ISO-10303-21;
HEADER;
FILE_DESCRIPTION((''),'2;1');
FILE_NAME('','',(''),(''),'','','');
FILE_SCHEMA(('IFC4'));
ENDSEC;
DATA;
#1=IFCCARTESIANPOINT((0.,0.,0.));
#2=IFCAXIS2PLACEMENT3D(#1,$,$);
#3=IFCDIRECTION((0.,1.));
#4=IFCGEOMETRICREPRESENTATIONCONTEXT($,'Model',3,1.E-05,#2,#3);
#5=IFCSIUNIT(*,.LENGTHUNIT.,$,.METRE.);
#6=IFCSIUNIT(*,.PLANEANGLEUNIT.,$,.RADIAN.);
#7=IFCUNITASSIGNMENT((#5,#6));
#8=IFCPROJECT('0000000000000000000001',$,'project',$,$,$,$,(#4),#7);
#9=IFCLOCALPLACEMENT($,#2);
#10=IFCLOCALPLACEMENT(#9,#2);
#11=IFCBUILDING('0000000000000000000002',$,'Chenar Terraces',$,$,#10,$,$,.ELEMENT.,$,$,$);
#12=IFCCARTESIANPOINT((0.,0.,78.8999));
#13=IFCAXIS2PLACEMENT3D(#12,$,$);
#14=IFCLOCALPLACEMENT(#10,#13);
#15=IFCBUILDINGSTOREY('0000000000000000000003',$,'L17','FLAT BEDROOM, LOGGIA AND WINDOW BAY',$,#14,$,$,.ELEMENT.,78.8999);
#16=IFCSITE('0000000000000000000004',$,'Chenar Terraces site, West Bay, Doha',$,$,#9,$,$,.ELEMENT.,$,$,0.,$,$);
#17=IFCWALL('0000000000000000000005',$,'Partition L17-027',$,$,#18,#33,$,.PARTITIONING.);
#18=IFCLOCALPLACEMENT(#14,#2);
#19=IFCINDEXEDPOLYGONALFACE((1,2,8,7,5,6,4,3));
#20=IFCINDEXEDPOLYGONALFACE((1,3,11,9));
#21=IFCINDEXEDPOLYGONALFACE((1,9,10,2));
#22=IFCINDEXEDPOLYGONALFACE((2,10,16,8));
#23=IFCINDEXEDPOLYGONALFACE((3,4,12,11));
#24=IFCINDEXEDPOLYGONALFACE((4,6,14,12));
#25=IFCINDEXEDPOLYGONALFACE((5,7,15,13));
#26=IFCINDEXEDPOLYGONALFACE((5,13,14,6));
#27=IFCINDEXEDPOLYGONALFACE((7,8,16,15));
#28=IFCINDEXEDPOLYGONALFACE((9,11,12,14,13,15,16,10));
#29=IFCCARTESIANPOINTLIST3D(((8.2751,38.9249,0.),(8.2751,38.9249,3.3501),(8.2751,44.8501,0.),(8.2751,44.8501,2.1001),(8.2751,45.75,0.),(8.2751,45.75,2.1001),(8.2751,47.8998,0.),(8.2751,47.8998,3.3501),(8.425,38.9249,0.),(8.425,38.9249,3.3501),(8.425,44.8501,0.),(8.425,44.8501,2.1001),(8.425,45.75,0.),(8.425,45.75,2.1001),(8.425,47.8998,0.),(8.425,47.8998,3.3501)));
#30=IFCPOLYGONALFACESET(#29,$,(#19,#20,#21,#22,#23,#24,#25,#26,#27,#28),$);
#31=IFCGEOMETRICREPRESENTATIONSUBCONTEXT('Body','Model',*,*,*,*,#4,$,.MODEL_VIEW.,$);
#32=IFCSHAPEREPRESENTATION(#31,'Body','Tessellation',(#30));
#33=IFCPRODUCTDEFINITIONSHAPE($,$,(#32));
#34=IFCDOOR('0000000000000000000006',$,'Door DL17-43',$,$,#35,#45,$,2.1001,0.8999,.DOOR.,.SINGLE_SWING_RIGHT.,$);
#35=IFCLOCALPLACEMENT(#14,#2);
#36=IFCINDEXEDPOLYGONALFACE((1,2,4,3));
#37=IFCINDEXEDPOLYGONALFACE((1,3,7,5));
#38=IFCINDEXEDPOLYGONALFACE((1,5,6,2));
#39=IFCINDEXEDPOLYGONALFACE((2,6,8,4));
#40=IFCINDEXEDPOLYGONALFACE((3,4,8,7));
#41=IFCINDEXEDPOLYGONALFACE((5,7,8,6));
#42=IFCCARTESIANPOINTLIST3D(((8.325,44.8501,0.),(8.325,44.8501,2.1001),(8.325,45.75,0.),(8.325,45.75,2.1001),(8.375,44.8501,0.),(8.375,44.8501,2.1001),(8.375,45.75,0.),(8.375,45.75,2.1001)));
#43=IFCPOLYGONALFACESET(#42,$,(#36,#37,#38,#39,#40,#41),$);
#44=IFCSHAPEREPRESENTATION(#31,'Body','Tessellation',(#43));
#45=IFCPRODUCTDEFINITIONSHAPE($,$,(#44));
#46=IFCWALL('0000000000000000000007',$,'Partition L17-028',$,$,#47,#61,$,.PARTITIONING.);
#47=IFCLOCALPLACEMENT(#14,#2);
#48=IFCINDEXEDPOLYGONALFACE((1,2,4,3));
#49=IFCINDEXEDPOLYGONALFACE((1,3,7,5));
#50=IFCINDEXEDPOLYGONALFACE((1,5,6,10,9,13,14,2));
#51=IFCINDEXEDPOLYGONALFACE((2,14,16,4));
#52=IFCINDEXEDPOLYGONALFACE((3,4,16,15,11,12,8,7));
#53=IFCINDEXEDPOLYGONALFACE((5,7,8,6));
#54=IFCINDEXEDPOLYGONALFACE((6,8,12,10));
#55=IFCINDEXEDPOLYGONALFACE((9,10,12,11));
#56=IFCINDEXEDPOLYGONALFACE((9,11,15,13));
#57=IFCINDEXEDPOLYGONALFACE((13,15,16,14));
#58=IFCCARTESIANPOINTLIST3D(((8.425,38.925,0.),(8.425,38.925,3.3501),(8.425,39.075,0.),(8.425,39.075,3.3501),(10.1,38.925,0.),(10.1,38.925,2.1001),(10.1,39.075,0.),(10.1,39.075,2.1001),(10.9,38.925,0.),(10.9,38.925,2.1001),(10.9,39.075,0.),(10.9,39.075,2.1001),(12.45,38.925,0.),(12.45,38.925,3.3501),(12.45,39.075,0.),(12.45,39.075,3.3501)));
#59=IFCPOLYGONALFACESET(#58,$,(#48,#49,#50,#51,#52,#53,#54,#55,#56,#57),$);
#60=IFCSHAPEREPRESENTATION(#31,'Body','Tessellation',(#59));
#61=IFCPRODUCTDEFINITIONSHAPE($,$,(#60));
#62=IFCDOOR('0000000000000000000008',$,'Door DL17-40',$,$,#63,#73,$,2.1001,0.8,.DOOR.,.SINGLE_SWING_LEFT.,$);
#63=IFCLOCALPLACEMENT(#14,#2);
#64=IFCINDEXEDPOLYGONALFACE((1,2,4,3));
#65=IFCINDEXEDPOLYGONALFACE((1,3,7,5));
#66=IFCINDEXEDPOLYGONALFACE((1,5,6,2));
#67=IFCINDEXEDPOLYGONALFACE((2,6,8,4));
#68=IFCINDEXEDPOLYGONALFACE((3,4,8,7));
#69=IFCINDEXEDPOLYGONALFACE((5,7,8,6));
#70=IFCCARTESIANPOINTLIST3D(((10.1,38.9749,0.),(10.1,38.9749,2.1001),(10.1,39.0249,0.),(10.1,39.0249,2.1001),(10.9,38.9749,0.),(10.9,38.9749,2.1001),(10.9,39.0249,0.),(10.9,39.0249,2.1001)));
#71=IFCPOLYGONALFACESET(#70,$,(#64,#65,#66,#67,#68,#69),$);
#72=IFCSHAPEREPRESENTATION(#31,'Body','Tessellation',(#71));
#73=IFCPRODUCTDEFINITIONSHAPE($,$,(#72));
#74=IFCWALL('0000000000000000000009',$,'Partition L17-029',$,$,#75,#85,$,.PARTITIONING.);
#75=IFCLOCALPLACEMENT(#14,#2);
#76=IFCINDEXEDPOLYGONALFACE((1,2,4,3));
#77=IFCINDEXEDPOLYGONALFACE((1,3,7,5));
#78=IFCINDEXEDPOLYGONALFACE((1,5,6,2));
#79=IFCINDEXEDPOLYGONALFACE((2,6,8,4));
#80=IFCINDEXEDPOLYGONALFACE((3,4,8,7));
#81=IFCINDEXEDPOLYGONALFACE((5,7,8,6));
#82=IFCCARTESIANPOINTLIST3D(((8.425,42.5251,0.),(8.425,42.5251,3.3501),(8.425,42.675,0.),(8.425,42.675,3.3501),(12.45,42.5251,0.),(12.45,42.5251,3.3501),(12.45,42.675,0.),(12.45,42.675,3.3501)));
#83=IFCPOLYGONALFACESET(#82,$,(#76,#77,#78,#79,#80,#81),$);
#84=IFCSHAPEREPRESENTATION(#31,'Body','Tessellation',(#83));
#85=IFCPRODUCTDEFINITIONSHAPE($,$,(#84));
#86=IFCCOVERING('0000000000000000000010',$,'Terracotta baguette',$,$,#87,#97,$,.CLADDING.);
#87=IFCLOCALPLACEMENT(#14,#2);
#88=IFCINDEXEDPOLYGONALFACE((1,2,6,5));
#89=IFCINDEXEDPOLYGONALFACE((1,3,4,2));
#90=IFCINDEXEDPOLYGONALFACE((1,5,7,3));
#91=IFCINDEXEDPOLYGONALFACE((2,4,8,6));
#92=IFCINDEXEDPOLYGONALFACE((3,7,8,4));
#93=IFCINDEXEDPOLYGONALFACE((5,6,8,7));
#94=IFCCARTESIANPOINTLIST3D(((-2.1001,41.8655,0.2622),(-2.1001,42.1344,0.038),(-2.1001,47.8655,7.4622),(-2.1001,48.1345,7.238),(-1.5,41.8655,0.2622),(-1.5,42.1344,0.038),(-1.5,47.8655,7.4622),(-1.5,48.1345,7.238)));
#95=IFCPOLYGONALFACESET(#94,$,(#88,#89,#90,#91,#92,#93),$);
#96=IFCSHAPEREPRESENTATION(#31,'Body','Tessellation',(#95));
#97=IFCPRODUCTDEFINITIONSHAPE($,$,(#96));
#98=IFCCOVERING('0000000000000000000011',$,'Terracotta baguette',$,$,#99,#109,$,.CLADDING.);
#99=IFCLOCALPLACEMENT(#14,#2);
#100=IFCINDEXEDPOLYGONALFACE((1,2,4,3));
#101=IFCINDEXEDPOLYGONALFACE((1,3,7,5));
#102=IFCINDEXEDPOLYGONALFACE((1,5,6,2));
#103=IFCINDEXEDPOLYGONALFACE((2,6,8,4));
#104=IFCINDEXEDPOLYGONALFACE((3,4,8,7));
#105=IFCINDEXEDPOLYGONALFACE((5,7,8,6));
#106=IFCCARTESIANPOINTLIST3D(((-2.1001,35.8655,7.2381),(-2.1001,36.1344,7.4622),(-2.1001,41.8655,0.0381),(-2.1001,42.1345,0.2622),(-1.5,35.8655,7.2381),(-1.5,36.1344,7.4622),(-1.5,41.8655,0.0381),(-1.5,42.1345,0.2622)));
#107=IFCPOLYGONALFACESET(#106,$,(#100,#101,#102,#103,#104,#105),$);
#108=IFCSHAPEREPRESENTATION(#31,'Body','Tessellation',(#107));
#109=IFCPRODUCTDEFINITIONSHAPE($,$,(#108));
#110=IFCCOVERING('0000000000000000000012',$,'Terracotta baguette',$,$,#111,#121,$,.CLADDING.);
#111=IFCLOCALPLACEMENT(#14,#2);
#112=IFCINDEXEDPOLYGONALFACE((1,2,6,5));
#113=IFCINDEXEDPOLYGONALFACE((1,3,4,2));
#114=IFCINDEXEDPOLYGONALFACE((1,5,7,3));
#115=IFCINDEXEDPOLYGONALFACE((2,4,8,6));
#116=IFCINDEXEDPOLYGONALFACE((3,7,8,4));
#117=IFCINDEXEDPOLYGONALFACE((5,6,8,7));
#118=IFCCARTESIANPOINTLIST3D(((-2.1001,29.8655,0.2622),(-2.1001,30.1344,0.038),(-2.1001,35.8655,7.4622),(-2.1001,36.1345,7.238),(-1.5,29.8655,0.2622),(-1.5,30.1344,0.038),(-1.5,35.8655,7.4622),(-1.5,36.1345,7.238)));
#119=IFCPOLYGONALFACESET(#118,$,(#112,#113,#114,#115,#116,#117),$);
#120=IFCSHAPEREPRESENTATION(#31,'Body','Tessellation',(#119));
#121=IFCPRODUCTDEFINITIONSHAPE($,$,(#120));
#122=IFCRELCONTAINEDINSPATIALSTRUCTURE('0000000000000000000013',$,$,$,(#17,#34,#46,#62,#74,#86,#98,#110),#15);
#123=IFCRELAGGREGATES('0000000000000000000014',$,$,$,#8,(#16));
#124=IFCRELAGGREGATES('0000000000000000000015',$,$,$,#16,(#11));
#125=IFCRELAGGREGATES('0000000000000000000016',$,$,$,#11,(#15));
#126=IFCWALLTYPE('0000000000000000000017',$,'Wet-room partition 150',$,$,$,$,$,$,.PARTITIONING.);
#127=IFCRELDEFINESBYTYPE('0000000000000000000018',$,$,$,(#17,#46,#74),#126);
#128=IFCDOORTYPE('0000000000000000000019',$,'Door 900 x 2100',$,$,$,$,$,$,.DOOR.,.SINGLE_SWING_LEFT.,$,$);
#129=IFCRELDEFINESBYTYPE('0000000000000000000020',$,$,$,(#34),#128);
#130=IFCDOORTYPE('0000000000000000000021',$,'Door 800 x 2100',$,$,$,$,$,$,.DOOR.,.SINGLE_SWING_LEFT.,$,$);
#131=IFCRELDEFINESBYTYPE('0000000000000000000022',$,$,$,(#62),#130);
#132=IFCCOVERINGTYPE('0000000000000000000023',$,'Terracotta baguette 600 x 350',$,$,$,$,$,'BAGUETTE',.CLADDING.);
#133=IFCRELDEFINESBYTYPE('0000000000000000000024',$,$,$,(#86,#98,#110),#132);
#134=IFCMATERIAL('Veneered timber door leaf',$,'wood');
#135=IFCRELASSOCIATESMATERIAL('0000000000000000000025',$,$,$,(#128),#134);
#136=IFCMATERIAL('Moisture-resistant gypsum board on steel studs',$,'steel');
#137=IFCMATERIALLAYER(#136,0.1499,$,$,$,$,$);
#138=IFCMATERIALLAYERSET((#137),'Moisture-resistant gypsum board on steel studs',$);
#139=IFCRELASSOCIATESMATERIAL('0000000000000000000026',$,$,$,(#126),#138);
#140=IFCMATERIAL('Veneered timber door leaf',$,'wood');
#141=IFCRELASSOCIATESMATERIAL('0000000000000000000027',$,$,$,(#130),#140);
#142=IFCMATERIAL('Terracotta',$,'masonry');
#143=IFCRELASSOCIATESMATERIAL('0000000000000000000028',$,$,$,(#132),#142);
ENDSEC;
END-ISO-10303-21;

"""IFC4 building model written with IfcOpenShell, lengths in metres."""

from ifc_helpers import new_model, si_unit, direction, frame, frame_2d, origin, origin_2d, place, context, subcontext, project, spatial, rectangle, extrude, material, layer, layer_set, material_profile, profile_set, type_object, element, fill, save


model = new_model("IFC4")

# Units and contexts
model_context = context("Model", 3, precision=1e-05, world=origin(), true_north=direction((0.0, 1.0)))
body_context = subcontext(model_context, "Body", "Model", "MODEL_VIEW")
ifc_project = project(units=[si_unit("LENGTHUNIT", "METRE"), si_unit("PLANEANGLEUNIT", "RADIAN")], contexts=[model_context])

# Site, building, storey
site_placement = place(None, origin())
site = spatial("IfcSite", under=ifc_project, at=site_placement, Name="Chenar Terraces site, West Bay, Doha", CompositionType="ELEMENT", RefElevation=0.0)
building_placement = place(site_placement, origin())
building = spatial("IfcBuilding", under=site, at=building_placement, Name="Chenar Terraces", CompositionType="ELEMENT")
storey_placement = place(building_placement, frame((0.0, 0.0, 78.8999)))
storey = spatial("IfcBuildingStorey", under=building, at=storey_placement, Name="L17", Description="FLAT BEDROOM, LOGGIA AND WINDOW BAY", CompositionType="ELEMENT", Elevation=78.8999)

# Shared definitions
ifc_material_1 = material(Name="Veneered timber door leaf", Category="wood")
door_type_1 = type_object("IfcDoorType", Name="Door 900 x 2100", OperationType="SINGLE_SWING_LEFT", PredefinedType="DOOR", material=ifc_material_1)

# Shared definitions
ifc_material_2 = material(Name="Moisture-resistant gypsum board on steel studs", Category="steel")
ifc_layer_1 = layer(ifc_material_2, 0.1499)
ifc_layer_set_1 = layer_set([ifc_layer_1], Name="Moisture-resistant gypsum board on steel studs")
wall_type_1 = type_object("IfcWallType", Name="Wet-room partition 150", PredefinedType="PARTITIONING", material=ifc_layer_set_1)

# Walls, openings, doors
ifc_material_3 = material(Name="Veneered timber door leaf", Category="wood")
door_type_2 = type_object("IfcDoorType", Name="Door 800 x 2100", OperationType="SINGLE_SWING_LEFT", PredefinedType="DOOR", material=ifc_material_3)
wall_1_placement = place(storey_placement, frame((8.3501, 38.925, 0.0), z_axis=(0.0, 0.0, 1.0), x_axis=(0.0, 1.0, 0.0)))
wall_1 = element("IfcWall", 1, at=wall_1_placement, inside=storey, type_object=wall_type_1, Name="Partition L17-027", PredefinedType="PARTITIONING", context=body_context, shape_type="SweptSolid", body=[
    extrude(rectangle(XDim=8.9749, YDim=0.1499, at=frame_2d((4.4873, 0.0))), origin(), (0.0, 0.0, 1.0), 3.3501),
])
opening_1_placement = place(wall_1_placement, frame((5.925, 0.0, 0.0)))
opening_1 = element("IfcOpeningElement", 2, at=opening_1_placement, cuts=wall_1, PredefinedType="OPENING", context=body_context, shape_type="SweptSolid", body=[
    extrude(rectangle(XDim=0.8999, YDim=2.1001, at=frame_2d((0.45, 1.05))), frame((0.0, 0.085, 0.0), z_axis=(0.0, -1.0, 0.0), x_axis=(1.0, 0.0, 0.0)), (0.0, 0.0, 1.0), 0.1699),
])
door_1_placement = place(opening_1_placement, frame((0.8999, 0.0, 0.0), z_axis=(0.0, 0.0, 1.0), x_axis=(-1.0, 0.0, 0.0)))
door_1 = element("IfcDoor", 3, at=door_1_placement, inside=storey, type_object=door_type_1, Name="Door DL17-43", OperationType="SINGLE_SWING_RIGHT", OverallHeight=2.1001, OverallWidth=0.8999, PredefinedType="DOOR", context=body_context, shape_type="SweptSolid", body=[
    extrude(rectangle(XDim=0.8999, YDim=2.1001, at=frame_2d((0.45, 1.05))), frame((0.0, 0.0249, 0.0), z_axis=(0.0, -1.0, 0.0), x_axis=(1.0, 0.0, 0.0)), (0.0, 0.0, 1.0), 0.05),
])
fill(opening_1, door_1)
wall_2_placement = place(storey_placement, frame((8.425, 39.0, 0.0), z_axis=(0.0, 0.0, 1.0), x_axis=(1.0, 0.0, 0.0)))
wall_2 = element("IfcWall", 4, at=wall_2_placement, inside=storey, type_object=wall_type_1, Name="Partition L17-028", PredefinedType="PARTITIONING", context=body_context, shape_type="SweptSolid", body=[
    extrude(rectangle(XDim=4.0249, YDim=0.1499, at=frame_2d((2.0125, 0.0))), origin(), (0.0, 0.0, 1.0), 3.3501),
])
opening_2_placement = place(wall_2_placement, frame((1.675, 0.0, 0.0)))
opening_2 = element("IfcOpeningElement", 5, at=opening_2_placement, cuts=wall_2, PredefinedType="OPENING", context=body_context, shape_type="SweptSolid", body=[
    extrude(rectangle(XDim=0.8, YDim=2.1001, at=frame_2d((0.3999, 1.05))), frame((0.0, 0.085, 0.0), z_axis=(0.0, -1.0, 0.0), x_axis=(1.0, 0.0, 0.0)), (0.0, 0.0, 1.0), 0.1699),
])
door_2_placement = place(opening_2_placement, origin())
door_2 = element("IfcDoor", 6, at=door_2_placement, inside=storey, type_object=door_type_2, Name="Door DL17-40", OperationType="SINGLE_SWING_LEFT", OverallHeight=2.1001, OverallWidth=0.8, PredefinedType="DOOR", context=body_context, shape_type="SweptSolid", body=[
    extrude(rectangle(XDim=0.8, YDim=2.1001, at=frame_2d((0.3999, 1.05))), frame((0.0, 0.0249, 0.0), z_axis=(0.0, -1.0, 0.0), x_axis=(1.0, 0.0, 0.0)), (0.0, 0.0, 1.0), 0.05),
])
fill(opening_2, door_2)

# Wall
wall_3_placement = place(storey_placement, frame((8.425, 42.6001, 0.0), z_axis=(0.0, 0.0, 1.0), x_axis=(1.0, 0.0, 0.0)))
element("IfcWall", 7, at=wall_3_placement, inside=storey, type_object=wall_type_1, Name="Partition L17-029", PredefinedType="PARTITIONING", context=body_context, shape_type="SweptSolid", body=[
    extrude(rectangle(XDim=4.0249, YDim=0.1499, at=frame_2d((2.0125, 0.0))), origin(), (0.0, 0.0, 1.0), 3.3501),
])

# Coverings
ifc_material_4 = material(Name="Terracotta", Category="masonry")
ifc_material_profile_1 = material_profile(ifc_material_4, rectangle(XDim=0.6001, YDim=0.3501, at=origin_2d()), Name="Terracotta baguette 600 x 350")
ifc_profile_set_1 = profile_set([ifc_material_profile_1], Name="Terracotta")
covering_type = type_object("IfcCoveringType", Name="Terracotta baguette 600 x 350", ElementType="BAGUETTE", PredefinedType="CLADDING", material=ifc_profile_set_1)
for number, where, z_axis, x_axis, name in (
    (8, (-1.8, 48.0, 7.3501), (0.0, -0.640187, -0.768219), (1.0, 0.0, 0.0), "Terracotta baguette"),
    (9, (-1.8, 42.0, 0.1501), (0.0, -0.640187, 0.768219), (1.0, 0.0, 0.0), "Terracotta baguette"),
    (10, (-1.8, 36.0, 7.3501), (0.0, -0.640187, -0.768219), (1.0, 0.0, 0.0), "Terracotta baguette"),
):
    element("IfcCovering", number, at=place(storey_placement, frame(where, z_axis=z_axis, x_axis=x_axis)), inside=storey, type_object=covering_type, Name=name, PredefinedType="CLADDING", context=body_context, shape_type="SweptSolid", body=[
        extrude(rectangle(XDim=0.6001, YDim=0.3501, at=origin_2d()), origin(), (0.0, 0.0, 1.0), 9.3723),
    ])

save(model, "model.ifc")
